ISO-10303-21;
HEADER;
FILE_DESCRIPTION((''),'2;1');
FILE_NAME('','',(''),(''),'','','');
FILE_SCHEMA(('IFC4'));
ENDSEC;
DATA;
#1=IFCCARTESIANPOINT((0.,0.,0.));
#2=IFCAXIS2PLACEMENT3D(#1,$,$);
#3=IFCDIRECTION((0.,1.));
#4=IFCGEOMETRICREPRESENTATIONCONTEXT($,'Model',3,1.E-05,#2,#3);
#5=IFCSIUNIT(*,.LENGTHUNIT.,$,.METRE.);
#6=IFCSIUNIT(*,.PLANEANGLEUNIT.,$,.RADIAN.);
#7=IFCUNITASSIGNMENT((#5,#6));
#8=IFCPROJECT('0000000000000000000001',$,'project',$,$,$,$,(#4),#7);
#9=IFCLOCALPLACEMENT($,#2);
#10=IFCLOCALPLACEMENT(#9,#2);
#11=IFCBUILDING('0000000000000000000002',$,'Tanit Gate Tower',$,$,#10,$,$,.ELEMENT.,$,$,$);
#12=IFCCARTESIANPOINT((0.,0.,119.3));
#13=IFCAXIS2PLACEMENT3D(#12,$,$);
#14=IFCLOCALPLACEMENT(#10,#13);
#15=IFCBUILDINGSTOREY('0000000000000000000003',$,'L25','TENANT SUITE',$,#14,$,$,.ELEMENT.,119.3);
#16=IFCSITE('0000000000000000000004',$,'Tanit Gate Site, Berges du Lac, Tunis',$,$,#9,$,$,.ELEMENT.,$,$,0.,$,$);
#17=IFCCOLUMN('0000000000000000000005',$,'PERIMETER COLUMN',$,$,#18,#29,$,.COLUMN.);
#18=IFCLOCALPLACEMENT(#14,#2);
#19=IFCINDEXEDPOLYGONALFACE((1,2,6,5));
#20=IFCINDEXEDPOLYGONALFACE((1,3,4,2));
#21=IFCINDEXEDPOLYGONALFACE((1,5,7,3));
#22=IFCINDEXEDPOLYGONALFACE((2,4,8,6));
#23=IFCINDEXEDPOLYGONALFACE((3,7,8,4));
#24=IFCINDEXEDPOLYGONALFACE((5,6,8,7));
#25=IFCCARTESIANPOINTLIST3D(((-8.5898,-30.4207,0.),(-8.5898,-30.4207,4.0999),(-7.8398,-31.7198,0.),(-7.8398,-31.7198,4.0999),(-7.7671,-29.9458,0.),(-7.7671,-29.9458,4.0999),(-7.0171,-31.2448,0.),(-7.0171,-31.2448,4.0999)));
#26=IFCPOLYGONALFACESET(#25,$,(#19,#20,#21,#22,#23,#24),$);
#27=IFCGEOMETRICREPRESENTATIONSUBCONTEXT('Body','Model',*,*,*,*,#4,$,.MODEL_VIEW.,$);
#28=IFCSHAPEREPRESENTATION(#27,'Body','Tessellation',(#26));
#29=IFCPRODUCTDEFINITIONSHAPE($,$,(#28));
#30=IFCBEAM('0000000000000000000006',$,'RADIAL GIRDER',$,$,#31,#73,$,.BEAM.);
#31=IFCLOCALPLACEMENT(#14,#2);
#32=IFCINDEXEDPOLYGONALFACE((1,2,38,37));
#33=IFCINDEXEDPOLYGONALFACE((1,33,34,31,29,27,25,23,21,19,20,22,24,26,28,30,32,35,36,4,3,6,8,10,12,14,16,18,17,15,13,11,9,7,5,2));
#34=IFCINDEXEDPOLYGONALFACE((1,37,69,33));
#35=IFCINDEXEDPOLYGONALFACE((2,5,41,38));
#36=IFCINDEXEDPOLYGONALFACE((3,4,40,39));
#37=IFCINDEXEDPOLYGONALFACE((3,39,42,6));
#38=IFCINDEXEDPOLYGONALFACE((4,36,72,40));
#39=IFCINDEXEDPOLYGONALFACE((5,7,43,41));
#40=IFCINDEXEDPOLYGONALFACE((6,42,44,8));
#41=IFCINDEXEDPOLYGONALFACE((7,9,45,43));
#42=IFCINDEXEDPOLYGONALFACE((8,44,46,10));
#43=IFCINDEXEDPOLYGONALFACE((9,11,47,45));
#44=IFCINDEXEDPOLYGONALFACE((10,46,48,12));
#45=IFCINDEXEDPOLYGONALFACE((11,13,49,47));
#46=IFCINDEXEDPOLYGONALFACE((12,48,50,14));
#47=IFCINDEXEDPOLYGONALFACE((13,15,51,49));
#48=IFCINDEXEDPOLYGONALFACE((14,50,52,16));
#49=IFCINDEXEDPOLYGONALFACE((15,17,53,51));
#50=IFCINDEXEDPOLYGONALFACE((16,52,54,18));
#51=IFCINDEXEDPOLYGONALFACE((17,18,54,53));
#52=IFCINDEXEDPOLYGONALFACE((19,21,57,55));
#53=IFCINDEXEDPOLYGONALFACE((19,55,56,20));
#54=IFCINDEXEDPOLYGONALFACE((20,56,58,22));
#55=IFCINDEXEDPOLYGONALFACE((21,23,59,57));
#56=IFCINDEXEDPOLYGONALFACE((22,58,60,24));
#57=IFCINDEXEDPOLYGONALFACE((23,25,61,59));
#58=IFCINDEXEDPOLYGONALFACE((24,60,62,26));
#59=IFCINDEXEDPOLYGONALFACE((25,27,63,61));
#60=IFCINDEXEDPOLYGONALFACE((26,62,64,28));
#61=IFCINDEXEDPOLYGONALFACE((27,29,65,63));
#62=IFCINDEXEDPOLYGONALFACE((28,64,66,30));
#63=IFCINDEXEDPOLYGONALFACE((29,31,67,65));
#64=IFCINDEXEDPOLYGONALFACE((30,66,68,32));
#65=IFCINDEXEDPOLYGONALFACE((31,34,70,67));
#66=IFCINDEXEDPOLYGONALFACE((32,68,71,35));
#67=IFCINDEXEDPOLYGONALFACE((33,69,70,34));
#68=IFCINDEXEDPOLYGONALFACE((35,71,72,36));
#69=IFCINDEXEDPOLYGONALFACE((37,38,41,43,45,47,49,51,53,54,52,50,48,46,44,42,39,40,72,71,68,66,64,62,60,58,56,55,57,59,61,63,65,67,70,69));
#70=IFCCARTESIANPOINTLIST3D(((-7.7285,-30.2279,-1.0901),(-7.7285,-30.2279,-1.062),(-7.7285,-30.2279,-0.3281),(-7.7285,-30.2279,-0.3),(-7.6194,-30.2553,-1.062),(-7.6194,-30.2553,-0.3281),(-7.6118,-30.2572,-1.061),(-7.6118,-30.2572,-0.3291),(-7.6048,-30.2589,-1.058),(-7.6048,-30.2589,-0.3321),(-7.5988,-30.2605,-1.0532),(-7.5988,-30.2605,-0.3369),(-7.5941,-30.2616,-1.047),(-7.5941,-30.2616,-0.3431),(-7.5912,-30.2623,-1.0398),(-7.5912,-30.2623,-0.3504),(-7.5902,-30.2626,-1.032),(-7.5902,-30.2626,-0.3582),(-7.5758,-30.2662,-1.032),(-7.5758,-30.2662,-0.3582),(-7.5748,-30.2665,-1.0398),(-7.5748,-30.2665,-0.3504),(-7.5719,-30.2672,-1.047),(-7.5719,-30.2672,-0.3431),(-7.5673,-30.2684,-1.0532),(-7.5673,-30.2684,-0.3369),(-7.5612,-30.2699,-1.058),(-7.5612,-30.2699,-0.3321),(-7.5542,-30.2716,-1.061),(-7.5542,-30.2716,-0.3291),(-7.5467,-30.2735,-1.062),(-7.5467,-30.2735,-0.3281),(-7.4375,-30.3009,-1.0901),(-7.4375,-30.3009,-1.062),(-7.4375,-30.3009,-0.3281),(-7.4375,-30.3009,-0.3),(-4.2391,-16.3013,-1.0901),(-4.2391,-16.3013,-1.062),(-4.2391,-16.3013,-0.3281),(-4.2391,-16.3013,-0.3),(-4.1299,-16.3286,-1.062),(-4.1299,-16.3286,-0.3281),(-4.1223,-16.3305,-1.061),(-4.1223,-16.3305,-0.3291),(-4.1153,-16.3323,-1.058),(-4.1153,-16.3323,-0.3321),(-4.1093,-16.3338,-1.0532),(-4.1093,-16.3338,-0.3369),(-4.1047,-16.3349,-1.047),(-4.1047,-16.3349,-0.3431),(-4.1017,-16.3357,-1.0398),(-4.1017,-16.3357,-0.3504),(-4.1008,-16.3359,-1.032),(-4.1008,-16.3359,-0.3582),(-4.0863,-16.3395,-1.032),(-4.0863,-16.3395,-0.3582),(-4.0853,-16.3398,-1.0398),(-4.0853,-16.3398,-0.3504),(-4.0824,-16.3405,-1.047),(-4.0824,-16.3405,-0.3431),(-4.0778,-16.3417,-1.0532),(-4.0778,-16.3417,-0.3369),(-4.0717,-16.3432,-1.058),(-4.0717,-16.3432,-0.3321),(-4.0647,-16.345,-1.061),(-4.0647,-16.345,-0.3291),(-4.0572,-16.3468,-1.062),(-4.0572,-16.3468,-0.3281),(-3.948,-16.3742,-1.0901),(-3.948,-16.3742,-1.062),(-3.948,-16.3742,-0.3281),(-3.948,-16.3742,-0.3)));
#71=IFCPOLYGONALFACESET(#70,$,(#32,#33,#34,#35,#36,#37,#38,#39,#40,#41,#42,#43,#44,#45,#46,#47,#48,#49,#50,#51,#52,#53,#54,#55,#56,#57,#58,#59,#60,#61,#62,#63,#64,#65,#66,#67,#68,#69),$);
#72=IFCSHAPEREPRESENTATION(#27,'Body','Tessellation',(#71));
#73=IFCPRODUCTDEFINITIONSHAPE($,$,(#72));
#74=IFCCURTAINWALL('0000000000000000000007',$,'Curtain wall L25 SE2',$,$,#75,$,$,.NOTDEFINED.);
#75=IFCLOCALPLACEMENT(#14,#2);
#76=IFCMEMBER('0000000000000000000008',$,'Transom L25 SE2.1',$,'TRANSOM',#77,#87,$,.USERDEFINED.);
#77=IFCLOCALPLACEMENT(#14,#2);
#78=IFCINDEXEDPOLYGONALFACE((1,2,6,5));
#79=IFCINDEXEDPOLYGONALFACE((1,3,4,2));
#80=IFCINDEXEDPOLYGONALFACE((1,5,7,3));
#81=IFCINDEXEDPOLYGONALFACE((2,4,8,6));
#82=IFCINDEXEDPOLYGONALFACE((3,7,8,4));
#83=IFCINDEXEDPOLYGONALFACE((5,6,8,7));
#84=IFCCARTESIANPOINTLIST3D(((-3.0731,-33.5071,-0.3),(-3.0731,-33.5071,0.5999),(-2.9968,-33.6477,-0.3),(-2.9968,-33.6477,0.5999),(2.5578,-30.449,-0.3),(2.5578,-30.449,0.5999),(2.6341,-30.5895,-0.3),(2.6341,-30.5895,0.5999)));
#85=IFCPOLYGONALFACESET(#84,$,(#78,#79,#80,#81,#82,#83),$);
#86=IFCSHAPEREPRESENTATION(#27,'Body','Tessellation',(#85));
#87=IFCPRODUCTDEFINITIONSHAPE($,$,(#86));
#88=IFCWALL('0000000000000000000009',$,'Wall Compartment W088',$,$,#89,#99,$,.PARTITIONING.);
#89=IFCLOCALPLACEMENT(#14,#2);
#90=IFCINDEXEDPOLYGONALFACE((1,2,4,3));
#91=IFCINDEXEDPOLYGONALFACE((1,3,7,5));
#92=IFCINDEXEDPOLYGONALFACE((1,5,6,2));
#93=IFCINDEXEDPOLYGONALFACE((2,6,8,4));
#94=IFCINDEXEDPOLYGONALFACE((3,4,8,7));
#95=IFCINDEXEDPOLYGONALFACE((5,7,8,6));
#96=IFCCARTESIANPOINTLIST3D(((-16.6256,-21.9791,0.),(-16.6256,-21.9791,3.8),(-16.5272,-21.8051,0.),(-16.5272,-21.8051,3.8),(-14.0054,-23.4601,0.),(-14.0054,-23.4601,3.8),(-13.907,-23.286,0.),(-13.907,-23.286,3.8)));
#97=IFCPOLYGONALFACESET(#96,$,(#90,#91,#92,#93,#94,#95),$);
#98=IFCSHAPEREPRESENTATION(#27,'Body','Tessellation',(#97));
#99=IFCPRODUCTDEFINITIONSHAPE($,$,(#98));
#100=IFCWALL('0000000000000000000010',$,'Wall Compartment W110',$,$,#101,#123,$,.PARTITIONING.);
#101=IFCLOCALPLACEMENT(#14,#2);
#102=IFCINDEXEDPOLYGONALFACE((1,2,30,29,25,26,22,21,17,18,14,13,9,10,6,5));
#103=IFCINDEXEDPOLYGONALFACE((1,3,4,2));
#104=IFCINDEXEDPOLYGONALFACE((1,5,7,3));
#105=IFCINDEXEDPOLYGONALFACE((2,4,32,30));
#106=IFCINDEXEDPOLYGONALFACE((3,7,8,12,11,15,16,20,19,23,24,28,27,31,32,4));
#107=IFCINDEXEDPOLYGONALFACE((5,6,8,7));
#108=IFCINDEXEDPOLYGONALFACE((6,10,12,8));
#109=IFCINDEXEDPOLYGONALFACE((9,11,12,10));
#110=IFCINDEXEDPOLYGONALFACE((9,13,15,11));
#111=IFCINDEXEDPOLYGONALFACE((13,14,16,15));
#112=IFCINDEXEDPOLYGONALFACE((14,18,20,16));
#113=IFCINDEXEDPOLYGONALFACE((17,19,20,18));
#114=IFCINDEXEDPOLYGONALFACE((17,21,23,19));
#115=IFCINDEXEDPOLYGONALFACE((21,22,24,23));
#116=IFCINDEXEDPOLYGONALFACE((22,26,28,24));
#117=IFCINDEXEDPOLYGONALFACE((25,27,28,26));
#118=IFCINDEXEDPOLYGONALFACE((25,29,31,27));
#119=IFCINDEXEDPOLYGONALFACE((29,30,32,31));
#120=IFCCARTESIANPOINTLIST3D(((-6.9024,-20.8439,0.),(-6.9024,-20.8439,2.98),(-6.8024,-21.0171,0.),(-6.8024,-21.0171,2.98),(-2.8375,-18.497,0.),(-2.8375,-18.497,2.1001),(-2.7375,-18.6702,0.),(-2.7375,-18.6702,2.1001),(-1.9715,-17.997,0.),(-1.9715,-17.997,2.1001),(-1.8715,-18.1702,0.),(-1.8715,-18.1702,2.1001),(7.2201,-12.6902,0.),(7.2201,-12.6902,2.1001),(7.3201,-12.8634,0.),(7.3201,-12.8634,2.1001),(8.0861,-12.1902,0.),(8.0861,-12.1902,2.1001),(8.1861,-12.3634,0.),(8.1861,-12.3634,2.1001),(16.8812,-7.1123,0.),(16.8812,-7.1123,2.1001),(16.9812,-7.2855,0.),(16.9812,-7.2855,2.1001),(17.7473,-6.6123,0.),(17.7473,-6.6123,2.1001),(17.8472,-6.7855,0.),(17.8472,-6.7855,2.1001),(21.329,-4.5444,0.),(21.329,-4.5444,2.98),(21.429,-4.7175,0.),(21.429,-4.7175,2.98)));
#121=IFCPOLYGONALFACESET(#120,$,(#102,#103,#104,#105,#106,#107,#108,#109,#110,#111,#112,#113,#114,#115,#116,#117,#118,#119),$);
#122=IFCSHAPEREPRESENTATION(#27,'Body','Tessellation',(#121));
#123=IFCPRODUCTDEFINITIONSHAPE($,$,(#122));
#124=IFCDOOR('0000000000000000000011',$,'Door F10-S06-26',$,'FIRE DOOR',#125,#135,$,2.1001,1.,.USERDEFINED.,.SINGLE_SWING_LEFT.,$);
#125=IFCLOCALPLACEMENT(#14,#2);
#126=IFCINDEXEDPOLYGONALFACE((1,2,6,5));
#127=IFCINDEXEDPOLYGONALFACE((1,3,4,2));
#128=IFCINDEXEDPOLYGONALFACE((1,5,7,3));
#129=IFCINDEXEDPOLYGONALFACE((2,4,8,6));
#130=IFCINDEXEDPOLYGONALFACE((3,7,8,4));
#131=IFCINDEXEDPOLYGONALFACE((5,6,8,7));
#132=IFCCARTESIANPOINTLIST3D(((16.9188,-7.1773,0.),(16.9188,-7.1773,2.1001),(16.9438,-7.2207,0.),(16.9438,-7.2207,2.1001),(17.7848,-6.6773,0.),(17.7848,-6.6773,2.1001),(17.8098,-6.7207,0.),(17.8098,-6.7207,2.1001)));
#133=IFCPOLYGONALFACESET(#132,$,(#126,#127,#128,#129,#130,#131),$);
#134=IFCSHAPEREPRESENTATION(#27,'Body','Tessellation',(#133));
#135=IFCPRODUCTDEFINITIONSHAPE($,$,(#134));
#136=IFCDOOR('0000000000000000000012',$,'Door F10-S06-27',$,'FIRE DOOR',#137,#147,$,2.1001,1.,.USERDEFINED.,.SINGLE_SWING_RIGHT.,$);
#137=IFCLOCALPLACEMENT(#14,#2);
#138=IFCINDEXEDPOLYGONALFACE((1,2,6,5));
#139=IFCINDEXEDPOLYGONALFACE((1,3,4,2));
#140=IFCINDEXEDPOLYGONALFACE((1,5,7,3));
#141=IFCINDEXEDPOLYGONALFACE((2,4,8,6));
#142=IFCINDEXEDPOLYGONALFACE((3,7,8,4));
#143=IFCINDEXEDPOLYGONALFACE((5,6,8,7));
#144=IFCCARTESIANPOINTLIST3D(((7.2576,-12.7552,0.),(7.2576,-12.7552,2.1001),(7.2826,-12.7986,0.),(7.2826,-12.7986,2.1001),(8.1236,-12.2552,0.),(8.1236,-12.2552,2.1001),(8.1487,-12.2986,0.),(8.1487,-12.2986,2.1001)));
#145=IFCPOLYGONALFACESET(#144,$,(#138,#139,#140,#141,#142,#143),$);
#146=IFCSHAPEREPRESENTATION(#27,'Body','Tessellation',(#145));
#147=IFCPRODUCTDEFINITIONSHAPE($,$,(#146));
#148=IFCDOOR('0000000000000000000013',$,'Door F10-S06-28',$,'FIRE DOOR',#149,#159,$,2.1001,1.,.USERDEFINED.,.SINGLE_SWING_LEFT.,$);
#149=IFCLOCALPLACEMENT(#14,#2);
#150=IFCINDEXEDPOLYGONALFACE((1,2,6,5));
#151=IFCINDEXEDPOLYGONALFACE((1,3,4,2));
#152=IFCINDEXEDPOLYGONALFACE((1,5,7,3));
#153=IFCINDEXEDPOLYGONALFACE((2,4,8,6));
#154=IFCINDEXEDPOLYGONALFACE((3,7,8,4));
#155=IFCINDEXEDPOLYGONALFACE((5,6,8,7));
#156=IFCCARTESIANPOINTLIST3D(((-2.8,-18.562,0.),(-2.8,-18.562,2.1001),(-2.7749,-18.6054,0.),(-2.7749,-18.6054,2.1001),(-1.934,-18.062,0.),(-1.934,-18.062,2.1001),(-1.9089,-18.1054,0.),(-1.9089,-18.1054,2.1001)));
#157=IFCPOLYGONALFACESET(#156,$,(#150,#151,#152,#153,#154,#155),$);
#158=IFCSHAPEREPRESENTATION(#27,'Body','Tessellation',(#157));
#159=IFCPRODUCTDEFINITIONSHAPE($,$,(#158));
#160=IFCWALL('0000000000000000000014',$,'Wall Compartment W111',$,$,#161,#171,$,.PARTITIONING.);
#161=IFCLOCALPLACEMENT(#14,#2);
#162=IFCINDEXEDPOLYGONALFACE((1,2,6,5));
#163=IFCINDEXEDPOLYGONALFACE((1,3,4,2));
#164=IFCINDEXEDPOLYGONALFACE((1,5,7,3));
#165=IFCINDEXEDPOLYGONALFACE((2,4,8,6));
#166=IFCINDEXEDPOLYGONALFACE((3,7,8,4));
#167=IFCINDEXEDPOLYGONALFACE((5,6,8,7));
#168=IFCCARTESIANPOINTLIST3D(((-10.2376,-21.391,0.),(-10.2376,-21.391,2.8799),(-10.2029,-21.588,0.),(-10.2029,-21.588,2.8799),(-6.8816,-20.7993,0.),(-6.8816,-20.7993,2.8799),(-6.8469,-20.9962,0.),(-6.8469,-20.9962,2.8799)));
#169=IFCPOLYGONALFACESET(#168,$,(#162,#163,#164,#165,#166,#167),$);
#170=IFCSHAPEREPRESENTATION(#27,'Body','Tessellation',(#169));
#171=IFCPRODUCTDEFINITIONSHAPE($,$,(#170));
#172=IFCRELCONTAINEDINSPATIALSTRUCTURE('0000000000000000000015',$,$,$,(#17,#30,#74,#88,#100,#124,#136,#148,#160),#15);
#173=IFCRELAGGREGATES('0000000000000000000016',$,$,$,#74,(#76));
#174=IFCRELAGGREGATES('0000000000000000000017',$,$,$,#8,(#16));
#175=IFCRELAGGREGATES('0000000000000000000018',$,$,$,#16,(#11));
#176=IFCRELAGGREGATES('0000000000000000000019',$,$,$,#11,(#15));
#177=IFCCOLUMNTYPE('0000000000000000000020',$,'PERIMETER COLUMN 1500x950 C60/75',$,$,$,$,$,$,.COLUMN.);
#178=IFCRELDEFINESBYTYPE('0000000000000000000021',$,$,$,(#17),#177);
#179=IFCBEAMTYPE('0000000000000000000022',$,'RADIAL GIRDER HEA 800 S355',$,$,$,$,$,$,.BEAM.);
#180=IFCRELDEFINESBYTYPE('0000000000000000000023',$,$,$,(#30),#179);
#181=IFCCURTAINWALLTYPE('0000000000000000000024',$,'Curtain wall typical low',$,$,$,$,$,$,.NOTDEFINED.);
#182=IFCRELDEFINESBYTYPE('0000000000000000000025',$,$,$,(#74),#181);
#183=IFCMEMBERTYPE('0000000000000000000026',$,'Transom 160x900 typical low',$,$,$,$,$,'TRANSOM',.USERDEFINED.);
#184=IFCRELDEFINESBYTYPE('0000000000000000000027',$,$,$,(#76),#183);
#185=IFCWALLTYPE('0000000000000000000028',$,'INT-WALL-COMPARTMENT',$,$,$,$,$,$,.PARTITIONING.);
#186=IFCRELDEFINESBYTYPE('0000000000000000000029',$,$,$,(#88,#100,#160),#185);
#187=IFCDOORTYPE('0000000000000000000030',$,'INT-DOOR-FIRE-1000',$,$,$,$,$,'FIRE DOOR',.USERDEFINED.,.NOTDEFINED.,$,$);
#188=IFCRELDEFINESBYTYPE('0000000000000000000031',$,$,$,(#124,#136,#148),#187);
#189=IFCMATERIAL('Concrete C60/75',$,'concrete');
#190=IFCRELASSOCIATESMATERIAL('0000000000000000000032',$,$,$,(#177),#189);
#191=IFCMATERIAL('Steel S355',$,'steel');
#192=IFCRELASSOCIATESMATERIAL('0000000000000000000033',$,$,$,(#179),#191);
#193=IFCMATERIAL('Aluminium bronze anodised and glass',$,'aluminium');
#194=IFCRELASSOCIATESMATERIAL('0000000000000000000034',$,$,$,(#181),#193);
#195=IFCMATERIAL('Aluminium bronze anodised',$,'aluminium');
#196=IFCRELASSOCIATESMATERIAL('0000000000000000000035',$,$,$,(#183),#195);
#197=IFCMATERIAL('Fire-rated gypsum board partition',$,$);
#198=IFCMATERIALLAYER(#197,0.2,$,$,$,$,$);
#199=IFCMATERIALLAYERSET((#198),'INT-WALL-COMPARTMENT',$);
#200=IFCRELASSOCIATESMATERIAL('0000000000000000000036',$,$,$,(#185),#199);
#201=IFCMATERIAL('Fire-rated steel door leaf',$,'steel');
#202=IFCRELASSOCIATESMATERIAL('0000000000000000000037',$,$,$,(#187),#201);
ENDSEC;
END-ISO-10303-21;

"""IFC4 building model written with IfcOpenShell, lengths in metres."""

from ifc_helpers import new_model, si_unit, direction, frame, frame_2d, origin, origin_2d, place, context, subcontext, project, spatial, rectangle, i_section, extrude, material, layer, layer_set, material_profile, profile_set, type_object, element, fill, aggregate, save


model = new_model("IFC4")

# Units and contexts
model_context = context("Model", 3, precision=1e-05, world=origin(), true_north=direction((0.0, 1.0)))
body_context = subcontext(model_context, "Body", "Model", "MODEL_VIEW")
ifc_project = project(units=[si_unit("LENGTHUNIT", "METRE"), si_unit("PLANEANGLEUNIT", "RADIAN")], contexts=[model_context])

# Site, building, storey
site_placement = place(None, origin())
site = spatial("IfcSite", under=ifc_project, at=site_placement, Name="Tanit Gate Site, Berges du Lac, Tunis", CompositionType="ELEMENT", RefElevation=0.0)
building_placement = place(site_placement, origin())
building = spatial("IfcBuilding", under=site, at=building_placement, Name="Tanit Gate Tower", CompositionType="ELEMENT")
storey_placement = place(building_placement, frame((0.0, 0.0, 119.3)))
storey = spatial("IfcBuildingStorey", under=building, at=storey_placement, Name="L25", Description="TENANT SUITE", CompositionType="ELEMENT", Elevation=119.3)

# Column
ifc_material_1 = material(Name="Concrete C60/75", Category="concrete")
ifc_material_profile_1 = material_profile(ifc_material_1, rectangle(XDim=1.5, YDim=0.95, at=origin_2d()), Name="RC 1500x950")
ifc_profile_set_1 = profile_set([ifc_material_profile_1], Name="Concrete C60/75")
column_type = type_object("IfcColumnType", Name="PERIMETER COLUMN 1500x950 C60/75", PredefinedType="COLUMN", material=ifc_profile_set_1)
column_placement = place(storey_placement, frame((-7.8035, -30.8328, 0.0), z_axis=(0.0, 0.0, 1.0), x_axis=(0.5, -0.866025, 0.0)))
element("IfcColumn", 1, at=column_placement, inside=storey, type_object=column_type, Name="PERIMETER COLUMN", PredefinedType="COLUMN", context=body_context, shape_type="SweptSolid", body=[
    extrude(rectangle(XDim=1.5, YDim=0.95, at=origin_2d()), origin(), (0.0, 0.0, 1.0), 4.0999),
])

# Beam
ifc_material_2 = material(Name="Steel S355", Category="steel")
ifc_material_profile_2 = material_profile(ifc_material_2, i_section(OverallWidth=0.3, OverallDepth=0.79, WebThickness=0.0149, FlangeThickness=0.0281, FilletRadius=0.03, at=origin_2d()), Name="HEA 800")
ifc_profile_set_2 = profile_set([ifc_material_profile_2], Name="Steel S355")
beam_type = type_object("IfcBeamType", Name="RADIAL GIRDER HEA 800 S355", PredefinedType="BEAM", material=ifc_profile_set_2)
beam_placement = place(storey_placement, frame((-7.583, -30.2644, -0.6951), z_axis=(0.243048, 0.970014, 0.0), x_axis=(-0.970014, 0.243048, 0.0)))
element("IfcBeam", 2, at=beam_placement, inside=storey, type_object=beam_type, Name="RADIAL GIRDER", PredefinedType="BEAM", context=body_context, shape_type="SweptSolid", body=[
    extrude(i_section(OverallWidth=0.3, OverallDepth=0.79, WebThickness=0.0149, FlangeThickness=0.0281, FilletRadius=0.03, at=origin_2d()), origin(), (0.0, 0.0, 1.0), 14.3572),
])

# Curtain wall, member
ifc_material_3 = material(Name="Aluminium bronze anodised and glass", Category="aluminium")
curtain_wall_type = type_object("IfcCurtainWallType", Name="Curtain wall typical low", PredefinedType="NOTDEFINED", material=ifc_material_3)
curtain_wall_placement = place(storey_placement, origin())
curtain_wall = element("IfcCurtainWall", 3, at=curtain_wall_placement, inside=storey, type_object=curtain_wall_type, Name="Curtain wall L25 SE2", PredefinedType="NOTDEFINED")
ifc_material_4 = material(Name="Aluminium bronze anodised", Category="aluminium")
ifc_material_profile_3 = material_profile(ifc_material_4, rectangle(XDim=0.1599, YDim=0.8999, at=origin_2d()), Name="160x900 bronze transom")
ifc_profile_set_3 = profile_set([ifc_material_profile_3], Name="Aluminium bronze anodised")
member_type = type_object("IfcMemberType", Name="Transom 160x900 typical low", ElementType="TRANSOM", PredefinedType="USERDEFINED", material=ifc_profile_set_3)
member_placement = place(storey_placement, frame((-3.0349, -33.5774, 0.1499), z_axis=(0.878765, 0.477255, 0.0), x_axis=(-0.477255, 0.878765, 0.0)))
member = element("IfcMember", 4, at=member_placement, type_object=member_type, Name="Transom L25 SE2.1", ObjectType="TRANSOM", PredefinedType="USERDEFINED", context=body_context, shape_type="SweptSolid", body=[
    extrude(rectangle(XDim=0.1599, YDim=0.8999, at=origin_2d()), origin(), (0.0, 0.0, 1.0), 6.4077),
])
aggregate(curtain_wall, [member])

# Wall
ifc_material_5 = material(Name="Fire-rated gypsum board partition")
ifc_layer_1 = layer(ifc_material_5, 0.2)
ifc_layer_set_1 = layer_set([ifc_layer_1], Name="INT-WALL-COMPARTMENT")
wall_type_1 = type_object("IfcWallType", Name="INT-WALL-COMPARTMENT", PredefinedType="PARTITIONING", material=ifc_layer_set_1)
wall_1_placement = place(storey_placement, frame((-16.5764, -21.8921, 0.0), z_axis=(0.0, 0.0, 1.0), x_axis=(0.87056, -0.492063, 0.0)))
element("IfcWall", 5, at=wall_1_placement, inside=storey, type_object=wall_type_1, Name="Wall Compartment W088", PredefinedType="PARTITIONING", context=body_context, shape_type="SweptSolid", body=[
    extrude(rectangle(XDim=3.0098, YDim=0.2, at=frame_2d((1.5049, 0.0))), origin(), (0.0, 0.0, 1.0), 3.8),
])

# Wall, openings, doors
wall_2_placement = place(storey_placement, frame((-6.8523, -20.9304, 0.0), z_axis=(0.0, 0.0, 1.0), x_axis=(0.866024, 0.500003, 0.0)))
wall_2 = element("IfcWall", 6, at=wall_2_placement, inside=storey, type_object=wall_type_1, Name="Wall Compartment W110", PredefinedType="PARTITIONING", context=body_context, shape_type="SweptSolid", body=[
    extrude(rectangle(XDim=32.5989, YDim=0.2, at=frame_2d((16.2993, 0.0))), origin(), (0.0, 0.0, 1.0), 2.98),
])
opening_1_placement = place(wall_2_placement, frame((27.4629, 0.0, 0.0)))
opening_1 = element("IfcOpeningElement", 7, at=opening_1_placement, cuts=wall_2, PredefinedType="OPENING", context=body_context, shape_type="SweptSolid", body=[
    extrude(rectangle(XDim=1.0, YDim=2.1001, at=frame_2d((0.5, 1.05))), frame((0.0, 0.1099, 0.0), z_axis=(0.0, -1.0, 0.0), x_axis=(1.0, 0.0, 0.0)), (0.0, 0.0, 1.0), 0.22),
])
opening_2_placement = place(wall_2_placement, frame((16.3071, 0.0, 0.0)))
opening_2 = element("IfcOpeningElement", 8, at=opening_2_placement, cuts=wall_2, PredefinedType="OPENING", context=body_context, shape_type="SweptSolid", body=[
    extrude(rectangle(XDim=1.0, YDim=2.1001, at=frame_2d((0.5, 1.05))), frame((0.0, 0.1099, 0.0), z_axis=(0.0, -1.0, 0.0), x_axis=(1.0, 0.0, 0.0)), (0.0, 0.0, 1.0), 0.22),
])
opening_3_placement = place(wall_2_placement, frame((4.6936, 0.0, 0.0)))
opening_3 = element("IfcOpeningElement", 9, at=opening_3_placement, cuts=wall_2, PredefinedType="OPENING", context=body_context, shape_type="SweptSolid", body=[
    extrude(rectangle(XDim=1.0, YDim=2.1001, at=frame_2d((0.5, 1.05))), frame((0.0, 0.1099, 0.0), z_axis=(0.0, -1.0, 0.0), x_axis=(1.0, 0.0, 0.0)), (0.0, 0.0, 1.0), 0.22),
])
ifc_material_6 = material(Name="Fire-rated steel door leaf", Category="steel")
door_type_1 = type_object("IfcDoorType", Name="INT-DOOR-FIRE-1000", ElementType="FIRE DOOR", OperationType="NOTDEFINED", PredefinedType="USERDEFINED", material=ifc_material_6)
door_1_placement = place(opening_1_placement, origin())
door_1 = element("IfcDoor", 10, at=door_1_placement, inside=storey, type_object=door_type_1, Name="Door F10-S06-26", ObjectType="FIRE DOOR", OperationType="SINGLE_SWING_LEFT", OverallHeight=2.1001, OverallWidth=1.0, PredefinedType="USERDEFINED", context=body_context, shape_type="SweptSolid", body=[
    extrude(rectangle(XDim=1.0, YDim=2.1001, at=frame_2d((0.5, 1.05))), frame((0.0, 0.0249, 0.0), z_axis=(0.0, -1.0, 0.0), x_axis=(1.0, 0.0, 0.0)), (0.0, 0.0, 1.0), 0.05),
])
fill(opening_1, door_1)
door_2_placement = place(opening_2_placement, origin())
door_2 = element("IfcDoor", 11, at=door_2_placement, inside=storey, type_object=door_type_1, Name="Door F10-S06-27", ObjectType="FIRE DOOR", OperationType="SINGLE_SWING_RIGHT", OverallHeight=2.1001, OverallWidth=1.0, PredefinedType="USERDEFINED", context=body_context, shape_type="SweptSolid", body=[
    extrude(rectangle(XDim=1.0, YDim=2.1001, at=frame_2d((0.5, 1.05))), frame((0.0, 0.0249, 0.0), z_axis=(0.0, -1.0, 0.0), x_axis=(1.0, 0.0, 0.0)), (0.0, 0.0, 1.0), 0.05),
])
fill(opening_2, door_2)
door_3_placement = place(opening_3_placement, origin())
door_3 = element("IfcDoor", 12, at=door_3_placement, inside=storey, type_object=door_type_1, Name="Door F10-S06-28", ObjectType="FIRE DOOR", OperationType="SINGLE_SWING_LEFT", OverallHeight=2.1001, OverallWidth=1.0, PredefinedType="USERDEFINED", context=body_context, shape_type="SweptSolid", body=[
    extrude(rectangle(XDim=1.0, YDim=2.1001, at=frame_2d((0.5, 1.05))), frame((0.0, 0.0249, 0.0), z_axis=(0.0, -1.0, 0.0), x_axis=(1.0, 0.0, 0.0)), (0.0, 0.0, 1.0), 0.05),
])
fill(opening_3, door_3)

# Wall
wall_3_placement = place(storey_placement, frame((-10.2202, -21.4895, 0.0), z_axis=(0.0, 0.0, 1.0), x_axis=(0.984805, 0.173663, 0.0)))
element("IfcWall", 13, at=wall_3_placement, inside=storey, type_object=wall_type_1, Name="Wall Compartment W111", PredefinedType="PARTITIONING", context=body_context, shape_type="SweptSolid", body=[
    extrude(rectangle(XDim=3.4077, YDim=0.2, at=frame_2d((1.7039, 0.0))), origin(), (0.0, 0.0, 1.0), 2.8799),
])

save(model, "model.ifc")
